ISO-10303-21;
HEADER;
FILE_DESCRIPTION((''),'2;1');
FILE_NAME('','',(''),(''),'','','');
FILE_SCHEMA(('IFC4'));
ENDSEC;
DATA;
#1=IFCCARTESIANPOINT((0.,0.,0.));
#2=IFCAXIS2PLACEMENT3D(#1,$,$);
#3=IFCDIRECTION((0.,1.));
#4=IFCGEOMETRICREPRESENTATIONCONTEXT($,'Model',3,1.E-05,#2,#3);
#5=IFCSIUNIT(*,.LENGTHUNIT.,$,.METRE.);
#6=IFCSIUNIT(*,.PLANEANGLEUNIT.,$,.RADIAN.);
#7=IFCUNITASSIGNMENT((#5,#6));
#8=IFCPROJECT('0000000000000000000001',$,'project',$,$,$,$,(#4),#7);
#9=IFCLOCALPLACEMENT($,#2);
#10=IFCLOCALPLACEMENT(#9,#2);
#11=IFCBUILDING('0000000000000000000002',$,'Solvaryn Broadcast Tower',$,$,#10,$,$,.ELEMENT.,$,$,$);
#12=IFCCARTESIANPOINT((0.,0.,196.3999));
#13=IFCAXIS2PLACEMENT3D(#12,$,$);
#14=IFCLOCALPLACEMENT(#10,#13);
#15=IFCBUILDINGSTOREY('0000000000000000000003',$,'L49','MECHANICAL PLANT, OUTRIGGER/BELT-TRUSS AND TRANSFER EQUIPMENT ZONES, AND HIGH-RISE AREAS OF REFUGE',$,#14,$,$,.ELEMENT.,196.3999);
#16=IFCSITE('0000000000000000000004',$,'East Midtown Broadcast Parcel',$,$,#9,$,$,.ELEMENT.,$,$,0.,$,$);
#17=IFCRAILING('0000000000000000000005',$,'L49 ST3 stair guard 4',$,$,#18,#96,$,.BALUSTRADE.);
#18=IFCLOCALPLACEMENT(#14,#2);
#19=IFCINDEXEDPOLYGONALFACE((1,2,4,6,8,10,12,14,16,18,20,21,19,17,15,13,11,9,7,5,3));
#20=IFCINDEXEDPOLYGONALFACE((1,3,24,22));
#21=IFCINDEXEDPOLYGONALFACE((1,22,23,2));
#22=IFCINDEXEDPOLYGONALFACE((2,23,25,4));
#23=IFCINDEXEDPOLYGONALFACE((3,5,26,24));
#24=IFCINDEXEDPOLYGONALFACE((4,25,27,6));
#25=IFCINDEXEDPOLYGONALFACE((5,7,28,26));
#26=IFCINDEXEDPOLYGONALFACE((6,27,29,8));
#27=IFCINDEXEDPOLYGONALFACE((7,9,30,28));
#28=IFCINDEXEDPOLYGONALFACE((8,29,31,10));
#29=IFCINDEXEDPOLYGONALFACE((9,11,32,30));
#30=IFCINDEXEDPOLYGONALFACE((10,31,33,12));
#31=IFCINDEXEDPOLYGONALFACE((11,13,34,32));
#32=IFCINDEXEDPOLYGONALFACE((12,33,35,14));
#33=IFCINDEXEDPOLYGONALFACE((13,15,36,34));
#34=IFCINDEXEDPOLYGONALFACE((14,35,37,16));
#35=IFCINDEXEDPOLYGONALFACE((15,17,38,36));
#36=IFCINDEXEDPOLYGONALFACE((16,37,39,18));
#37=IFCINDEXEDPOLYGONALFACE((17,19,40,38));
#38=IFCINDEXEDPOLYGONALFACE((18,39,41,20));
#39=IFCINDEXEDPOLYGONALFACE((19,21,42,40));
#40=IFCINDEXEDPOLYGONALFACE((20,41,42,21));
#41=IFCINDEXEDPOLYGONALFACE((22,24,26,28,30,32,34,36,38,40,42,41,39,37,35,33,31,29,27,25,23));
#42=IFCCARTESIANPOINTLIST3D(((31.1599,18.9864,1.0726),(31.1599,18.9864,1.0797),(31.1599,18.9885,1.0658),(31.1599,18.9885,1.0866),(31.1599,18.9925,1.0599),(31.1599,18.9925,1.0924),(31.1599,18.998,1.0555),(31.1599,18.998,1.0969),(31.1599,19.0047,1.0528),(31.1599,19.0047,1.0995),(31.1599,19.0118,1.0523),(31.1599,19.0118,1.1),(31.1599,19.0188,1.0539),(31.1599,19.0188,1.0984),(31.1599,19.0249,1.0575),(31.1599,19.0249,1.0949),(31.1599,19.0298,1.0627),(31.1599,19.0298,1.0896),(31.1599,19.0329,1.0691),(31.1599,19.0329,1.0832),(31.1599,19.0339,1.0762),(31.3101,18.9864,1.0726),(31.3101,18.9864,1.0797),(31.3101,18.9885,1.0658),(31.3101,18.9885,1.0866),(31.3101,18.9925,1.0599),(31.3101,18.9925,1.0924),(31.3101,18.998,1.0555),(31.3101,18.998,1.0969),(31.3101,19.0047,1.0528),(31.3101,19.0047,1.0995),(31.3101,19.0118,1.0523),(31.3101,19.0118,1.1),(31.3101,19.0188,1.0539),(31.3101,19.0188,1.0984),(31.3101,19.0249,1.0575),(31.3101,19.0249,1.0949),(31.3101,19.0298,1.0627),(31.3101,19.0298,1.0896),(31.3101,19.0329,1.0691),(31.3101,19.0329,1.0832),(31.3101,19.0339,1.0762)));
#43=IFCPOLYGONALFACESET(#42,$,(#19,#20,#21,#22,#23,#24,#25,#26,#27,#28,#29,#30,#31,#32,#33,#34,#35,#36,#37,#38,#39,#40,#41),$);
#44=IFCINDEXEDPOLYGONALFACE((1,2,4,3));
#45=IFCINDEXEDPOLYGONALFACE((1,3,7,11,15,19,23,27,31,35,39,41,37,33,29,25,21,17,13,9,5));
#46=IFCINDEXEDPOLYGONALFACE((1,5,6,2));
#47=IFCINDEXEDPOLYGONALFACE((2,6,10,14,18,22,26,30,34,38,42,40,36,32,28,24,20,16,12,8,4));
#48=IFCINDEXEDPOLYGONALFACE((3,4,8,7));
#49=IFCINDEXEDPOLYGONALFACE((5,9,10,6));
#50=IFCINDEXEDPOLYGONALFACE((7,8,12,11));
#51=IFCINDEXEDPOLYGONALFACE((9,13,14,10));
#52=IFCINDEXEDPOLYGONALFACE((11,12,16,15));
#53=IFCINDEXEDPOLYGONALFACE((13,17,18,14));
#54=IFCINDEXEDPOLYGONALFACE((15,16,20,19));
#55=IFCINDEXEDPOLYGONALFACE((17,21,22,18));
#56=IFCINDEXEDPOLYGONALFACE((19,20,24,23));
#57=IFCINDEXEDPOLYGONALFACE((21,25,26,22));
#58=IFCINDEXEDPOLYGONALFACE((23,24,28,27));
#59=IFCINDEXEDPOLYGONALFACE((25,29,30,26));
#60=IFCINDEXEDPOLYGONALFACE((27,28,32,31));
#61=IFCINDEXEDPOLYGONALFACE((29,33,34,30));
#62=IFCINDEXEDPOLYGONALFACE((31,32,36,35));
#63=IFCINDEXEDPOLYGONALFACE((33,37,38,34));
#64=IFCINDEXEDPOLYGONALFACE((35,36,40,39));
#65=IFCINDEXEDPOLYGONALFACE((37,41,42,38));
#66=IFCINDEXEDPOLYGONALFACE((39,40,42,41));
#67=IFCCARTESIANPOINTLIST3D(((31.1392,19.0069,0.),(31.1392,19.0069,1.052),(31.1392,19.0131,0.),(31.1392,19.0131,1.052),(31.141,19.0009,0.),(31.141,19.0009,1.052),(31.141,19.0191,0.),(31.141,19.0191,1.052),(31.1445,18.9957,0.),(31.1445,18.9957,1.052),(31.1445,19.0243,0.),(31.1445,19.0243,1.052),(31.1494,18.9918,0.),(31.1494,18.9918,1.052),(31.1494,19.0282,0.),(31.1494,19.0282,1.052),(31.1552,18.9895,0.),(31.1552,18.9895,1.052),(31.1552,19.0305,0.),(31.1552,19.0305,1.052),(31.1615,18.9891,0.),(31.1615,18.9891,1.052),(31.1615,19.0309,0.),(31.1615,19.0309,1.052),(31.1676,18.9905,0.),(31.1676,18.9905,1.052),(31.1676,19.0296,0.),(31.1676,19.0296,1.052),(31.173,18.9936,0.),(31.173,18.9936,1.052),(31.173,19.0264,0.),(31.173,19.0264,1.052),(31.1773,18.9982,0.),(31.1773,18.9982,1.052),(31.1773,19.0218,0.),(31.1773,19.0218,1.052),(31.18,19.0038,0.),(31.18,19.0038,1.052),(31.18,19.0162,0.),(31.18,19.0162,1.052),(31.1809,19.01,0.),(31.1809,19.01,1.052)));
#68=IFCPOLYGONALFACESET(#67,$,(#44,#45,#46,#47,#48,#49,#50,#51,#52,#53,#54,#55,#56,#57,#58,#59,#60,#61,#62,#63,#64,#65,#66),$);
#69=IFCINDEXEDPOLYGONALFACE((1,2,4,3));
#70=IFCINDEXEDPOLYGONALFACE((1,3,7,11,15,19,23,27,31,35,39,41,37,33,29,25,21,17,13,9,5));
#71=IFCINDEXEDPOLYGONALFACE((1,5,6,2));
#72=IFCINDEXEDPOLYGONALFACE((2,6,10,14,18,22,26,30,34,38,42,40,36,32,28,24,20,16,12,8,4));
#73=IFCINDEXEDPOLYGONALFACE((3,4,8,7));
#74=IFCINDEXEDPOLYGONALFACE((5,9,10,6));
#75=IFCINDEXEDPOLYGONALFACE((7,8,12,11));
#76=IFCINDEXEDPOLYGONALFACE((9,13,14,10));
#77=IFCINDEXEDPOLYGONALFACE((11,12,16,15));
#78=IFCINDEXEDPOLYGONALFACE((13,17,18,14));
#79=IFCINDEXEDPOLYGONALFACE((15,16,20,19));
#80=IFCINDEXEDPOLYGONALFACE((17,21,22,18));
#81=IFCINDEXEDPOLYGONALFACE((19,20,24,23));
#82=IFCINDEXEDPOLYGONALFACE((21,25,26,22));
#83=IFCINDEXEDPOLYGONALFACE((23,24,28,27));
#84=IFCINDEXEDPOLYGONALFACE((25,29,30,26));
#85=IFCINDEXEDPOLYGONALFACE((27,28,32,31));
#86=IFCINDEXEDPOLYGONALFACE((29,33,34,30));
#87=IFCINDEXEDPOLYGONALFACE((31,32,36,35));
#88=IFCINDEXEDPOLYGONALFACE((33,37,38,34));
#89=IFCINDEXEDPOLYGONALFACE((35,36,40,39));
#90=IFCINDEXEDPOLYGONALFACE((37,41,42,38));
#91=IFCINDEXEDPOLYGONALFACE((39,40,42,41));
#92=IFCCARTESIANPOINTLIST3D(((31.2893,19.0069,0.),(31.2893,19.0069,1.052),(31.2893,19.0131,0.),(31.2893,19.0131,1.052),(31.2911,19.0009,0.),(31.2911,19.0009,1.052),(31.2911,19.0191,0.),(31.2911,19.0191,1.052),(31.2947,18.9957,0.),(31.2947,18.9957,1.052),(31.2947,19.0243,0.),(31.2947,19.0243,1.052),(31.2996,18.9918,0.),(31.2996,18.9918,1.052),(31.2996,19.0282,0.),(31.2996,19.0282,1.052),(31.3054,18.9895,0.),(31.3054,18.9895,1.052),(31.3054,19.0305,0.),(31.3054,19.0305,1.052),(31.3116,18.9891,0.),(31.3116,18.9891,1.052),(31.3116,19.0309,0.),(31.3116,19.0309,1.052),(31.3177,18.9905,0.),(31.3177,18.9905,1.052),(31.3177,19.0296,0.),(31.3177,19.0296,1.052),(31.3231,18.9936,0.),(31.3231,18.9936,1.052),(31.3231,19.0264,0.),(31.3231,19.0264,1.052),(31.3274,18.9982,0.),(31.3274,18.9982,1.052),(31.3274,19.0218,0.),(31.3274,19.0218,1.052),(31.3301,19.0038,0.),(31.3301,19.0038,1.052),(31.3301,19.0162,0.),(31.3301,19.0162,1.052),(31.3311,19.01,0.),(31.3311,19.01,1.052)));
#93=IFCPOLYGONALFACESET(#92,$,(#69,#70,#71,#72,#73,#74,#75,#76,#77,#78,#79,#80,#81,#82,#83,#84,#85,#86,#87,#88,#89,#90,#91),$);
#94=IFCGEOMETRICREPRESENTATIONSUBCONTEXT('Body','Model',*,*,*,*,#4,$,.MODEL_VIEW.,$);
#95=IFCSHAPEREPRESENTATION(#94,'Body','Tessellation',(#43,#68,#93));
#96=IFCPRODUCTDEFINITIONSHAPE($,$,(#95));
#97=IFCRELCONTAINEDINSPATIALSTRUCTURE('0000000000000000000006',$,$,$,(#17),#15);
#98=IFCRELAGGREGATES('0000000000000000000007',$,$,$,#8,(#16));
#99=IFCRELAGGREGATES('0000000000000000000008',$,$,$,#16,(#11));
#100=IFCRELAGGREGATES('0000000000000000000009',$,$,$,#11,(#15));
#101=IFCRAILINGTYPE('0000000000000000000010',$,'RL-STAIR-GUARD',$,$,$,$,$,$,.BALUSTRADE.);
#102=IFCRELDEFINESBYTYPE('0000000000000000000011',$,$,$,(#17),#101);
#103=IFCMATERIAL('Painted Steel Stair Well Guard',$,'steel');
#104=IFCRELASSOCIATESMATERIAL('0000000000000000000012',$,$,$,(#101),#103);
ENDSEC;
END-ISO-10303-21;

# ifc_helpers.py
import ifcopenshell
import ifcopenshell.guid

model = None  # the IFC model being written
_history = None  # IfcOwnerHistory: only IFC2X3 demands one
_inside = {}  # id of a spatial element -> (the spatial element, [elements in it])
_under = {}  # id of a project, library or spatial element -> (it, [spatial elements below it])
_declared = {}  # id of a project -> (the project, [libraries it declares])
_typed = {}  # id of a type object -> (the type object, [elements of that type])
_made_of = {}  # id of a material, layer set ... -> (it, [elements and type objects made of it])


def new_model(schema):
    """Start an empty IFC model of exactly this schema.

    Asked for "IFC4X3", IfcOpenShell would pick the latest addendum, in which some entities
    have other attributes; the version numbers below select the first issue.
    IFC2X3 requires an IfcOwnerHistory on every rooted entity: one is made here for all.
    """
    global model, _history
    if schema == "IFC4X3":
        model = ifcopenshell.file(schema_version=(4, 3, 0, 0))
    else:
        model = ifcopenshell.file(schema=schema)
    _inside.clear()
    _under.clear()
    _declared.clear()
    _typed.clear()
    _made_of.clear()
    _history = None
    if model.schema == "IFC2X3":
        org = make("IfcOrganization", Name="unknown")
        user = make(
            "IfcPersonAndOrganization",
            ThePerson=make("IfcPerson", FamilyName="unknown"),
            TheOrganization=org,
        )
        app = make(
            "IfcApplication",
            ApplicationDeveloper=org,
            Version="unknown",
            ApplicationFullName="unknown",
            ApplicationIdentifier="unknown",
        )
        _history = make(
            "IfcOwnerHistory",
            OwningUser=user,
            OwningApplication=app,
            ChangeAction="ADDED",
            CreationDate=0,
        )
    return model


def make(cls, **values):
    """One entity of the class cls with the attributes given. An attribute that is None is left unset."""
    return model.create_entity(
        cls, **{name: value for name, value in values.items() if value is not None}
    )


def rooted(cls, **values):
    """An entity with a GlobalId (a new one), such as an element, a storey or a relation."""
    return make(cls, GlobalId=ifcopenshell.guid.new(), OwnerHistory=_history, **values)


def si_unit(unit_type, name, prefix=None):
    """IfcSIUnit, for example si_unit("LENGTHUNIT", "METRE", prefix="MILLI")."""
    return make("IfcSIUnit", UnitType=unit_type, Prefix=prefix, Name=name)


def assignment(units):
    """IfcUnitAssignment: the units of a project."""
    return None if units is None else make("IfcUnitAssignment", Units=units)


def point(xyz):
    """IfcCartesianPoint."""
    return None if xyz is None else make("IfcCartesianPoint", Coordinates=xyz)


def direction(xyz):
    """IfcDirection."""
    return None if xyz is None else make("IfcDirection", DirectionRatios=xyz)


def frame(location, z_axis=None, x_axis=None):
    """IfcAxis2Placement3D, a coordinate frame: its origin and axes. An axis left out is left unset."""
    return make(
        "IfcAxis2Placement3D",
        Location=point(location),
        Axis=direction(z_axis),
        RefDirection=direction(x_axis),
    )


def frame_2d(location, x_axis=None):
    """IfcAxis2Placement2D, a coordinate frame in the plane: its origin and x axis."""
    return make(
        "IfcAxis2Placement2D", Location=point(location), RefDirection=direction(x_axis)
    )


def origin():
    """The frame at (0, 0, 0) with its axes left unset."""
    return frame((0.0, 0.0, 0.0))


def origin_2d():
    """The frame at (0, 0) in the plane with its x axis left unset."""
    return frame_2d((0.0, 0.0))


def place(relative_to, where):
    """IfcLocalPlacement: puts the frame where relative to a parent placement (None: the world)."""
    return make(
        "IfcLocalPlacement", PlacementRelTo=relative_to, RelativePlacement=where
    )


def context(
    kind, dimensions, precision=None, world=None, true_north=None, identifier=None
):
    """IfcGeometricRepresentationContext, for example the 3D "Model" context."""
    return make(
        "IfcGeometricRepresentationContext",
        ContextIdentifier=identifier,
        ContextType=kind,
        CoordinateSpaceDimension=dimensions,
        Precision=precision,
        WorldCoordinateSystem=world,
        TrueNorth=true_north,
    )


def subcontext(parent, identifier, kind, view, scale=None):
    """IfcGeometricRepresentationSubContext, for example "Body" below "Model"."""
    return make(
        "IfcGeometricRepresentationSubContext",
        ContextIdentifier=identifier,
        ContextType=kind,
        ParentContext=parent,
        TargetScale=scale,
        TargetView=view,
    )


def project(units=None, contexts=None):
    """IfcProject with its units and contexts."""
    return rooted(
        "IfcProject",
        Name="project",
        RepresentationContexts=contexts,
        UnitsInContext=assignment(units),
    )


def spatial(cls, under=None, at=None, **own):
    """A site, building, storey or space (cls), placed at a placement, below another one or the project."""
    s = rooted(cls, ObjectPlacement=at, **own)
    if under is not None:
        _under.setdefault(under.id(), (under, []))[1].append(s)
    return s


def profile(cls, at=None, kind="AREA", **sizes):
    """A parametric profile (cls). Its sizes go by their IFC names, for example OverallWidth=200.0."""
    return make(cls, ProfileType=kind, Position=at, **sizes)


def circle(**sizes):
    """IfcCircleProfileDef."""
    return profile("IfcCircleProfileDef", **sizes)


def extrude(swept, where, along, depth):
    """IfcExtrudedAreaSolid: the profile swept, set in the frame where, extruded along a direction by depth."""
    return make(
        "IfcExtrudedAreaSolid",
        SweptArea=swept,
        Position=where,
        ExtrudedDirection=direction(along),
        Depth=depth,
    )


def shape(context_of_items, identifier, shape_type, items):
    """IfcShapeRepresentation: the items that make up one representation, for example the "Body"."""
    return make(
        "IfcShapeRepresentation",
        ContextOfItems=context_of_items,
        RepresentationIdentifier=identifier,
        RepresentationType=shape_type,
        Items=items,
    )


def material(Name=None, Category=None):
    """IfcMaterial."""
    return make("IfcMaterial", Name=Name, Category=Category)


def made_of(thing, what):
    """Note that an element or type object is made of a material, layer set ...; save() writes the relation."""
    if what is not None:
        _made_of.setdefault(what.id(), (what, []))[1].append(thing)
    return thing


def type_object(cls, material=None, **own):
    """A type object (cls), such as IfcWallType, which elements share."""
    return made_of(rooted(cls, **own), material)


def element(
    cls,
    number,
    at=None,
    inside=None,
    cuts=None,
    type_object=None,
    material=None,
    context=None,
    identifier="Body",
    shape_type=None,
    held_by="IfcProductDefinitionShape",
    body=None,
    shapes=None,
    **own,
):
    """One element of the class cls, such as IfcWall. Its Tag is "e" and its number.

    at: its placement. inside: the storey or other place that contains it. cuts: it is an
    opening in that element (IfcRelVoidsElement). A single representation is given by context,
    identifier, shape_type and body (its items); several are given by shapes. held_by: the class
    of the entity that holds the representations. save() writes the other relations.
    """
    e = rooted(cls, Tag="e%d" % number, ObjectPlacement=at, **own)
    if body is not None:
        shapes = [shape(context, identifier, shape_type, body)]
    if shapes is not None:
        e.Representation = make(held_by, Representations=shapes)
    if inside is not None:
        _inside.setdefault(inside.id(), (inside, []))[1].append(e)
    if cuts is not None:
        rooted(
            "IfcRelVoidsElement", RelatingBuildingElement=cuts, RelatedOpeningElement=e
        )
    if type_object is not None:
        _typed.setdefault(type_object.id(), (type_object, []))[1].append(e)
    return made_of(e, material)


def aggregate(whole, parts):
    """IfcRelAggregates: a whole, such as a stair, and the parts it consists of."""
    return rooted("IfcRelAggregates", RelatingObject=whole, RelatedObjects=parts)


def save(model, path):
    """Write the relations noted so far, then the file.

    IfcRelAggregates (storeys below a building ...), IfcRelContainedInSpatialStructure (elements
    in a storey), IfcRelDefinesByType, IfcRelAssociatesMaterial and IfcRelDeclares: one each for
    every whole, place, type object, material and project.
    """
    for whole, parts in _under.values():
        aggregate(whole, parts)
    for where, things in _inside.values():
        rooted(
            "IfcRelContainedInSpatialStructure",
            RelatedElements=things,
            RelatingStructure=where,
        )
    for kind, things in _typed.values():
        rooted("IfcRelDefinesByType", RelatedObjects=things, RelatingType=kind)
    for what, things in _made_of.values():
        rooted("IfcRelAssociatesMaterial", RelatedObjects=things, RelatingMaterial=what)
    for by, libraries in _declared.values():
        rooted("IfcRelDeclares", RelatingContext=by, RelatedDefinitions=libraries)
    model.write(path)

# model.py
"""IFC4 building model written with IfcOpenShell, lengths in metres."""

from ifc_helpers import new_model, si_unit, direction, frame, origin, origin_2d, place, context, subcontext, project, spatial, circle, extrude, material, type_object, element, save


model = new_model("IFC4")

# Units and contexts
model_context = context("Model", 3, precision=1e-05, world=origin(), true_north=direction((0.0, 1.0)))
body_context = subcontext(model_context, "Body", "Model", "MODEL_VIEW")
ifc_project = project(units=[si_unit("LENGTHUNIT", "METRE"), si_unit("PLANEANGLEUNIT", "RADIAN")], contexts=[model_context])

# Site, building, storey
site_placement = place(None, origin())
site = spatial("IfcSite", under=ifc_project, at=site_placement, Name="East Midtown Broadcast Parcel", CompositionType="ELEMENT", RefElevation=0.0)
building_placement = place(site_placement, origin())
building = spatial("IfcBuilding", under=site, at=building_placement, Name="Solvaryn Broadcast Tower", CompositionType="ELEMENT")
storey_placement = place(building_placement, frame((0.0, 0.0, 196.3999)))
storey = spatial("IfcBuildingStorey", under=building, at=storey_placement, Name="L49", Description="MECHANICAL PLANT, OUTRIGGER/BELT-TRUSS AND TRANSFER EQUIPMENT ZONES, AND HIGH-RISE AREAS OF REFUGE", CompositionType="ELEMENT", Elevation=196.3999)

# Railing
ifc_material_1 = material(Name="Painted Steel Stair Well Guard", Category="steel")
railing_type_1 = type_object("IfcRailingType", Name="RL-STAIR-GUARD", PredefinedType="BALUSTRADE", material=ifc_material_1)
railing_1_placement = place(storey_placement, frame((31.1599, 19.01, 0.0)))
element("IfcRailing", 1, at=railing_1_placement, inside=storey, type_object=railing_type_1, Name="L49 ST3 stair guard 4", PredefinedType="BALUSTRADE", context=body_context, shape_type="SweptSolid", body=[
    extrude(circle(Radius=0.0239, at=origin_2d()), frame((0.0, 0.0, 1.0762), z_axis=(1.0, 0.0, 0.0), x_axis=(0.0, 1.0, 0.0)), (0.0, 0.0, 1.0), 0.1501),
    extrude(circle(Radius=0.021, at=origin_2d()), origin(), (0.0, 0.0, 1.0), 1.052),
    extrude(circle(Radius=0.021, at=origin_2d()), frame((0.1501, 0.0, 0.0)), (0.0, 0.0, 1.0), 1.052),
])

save(model, "model.ifc")
